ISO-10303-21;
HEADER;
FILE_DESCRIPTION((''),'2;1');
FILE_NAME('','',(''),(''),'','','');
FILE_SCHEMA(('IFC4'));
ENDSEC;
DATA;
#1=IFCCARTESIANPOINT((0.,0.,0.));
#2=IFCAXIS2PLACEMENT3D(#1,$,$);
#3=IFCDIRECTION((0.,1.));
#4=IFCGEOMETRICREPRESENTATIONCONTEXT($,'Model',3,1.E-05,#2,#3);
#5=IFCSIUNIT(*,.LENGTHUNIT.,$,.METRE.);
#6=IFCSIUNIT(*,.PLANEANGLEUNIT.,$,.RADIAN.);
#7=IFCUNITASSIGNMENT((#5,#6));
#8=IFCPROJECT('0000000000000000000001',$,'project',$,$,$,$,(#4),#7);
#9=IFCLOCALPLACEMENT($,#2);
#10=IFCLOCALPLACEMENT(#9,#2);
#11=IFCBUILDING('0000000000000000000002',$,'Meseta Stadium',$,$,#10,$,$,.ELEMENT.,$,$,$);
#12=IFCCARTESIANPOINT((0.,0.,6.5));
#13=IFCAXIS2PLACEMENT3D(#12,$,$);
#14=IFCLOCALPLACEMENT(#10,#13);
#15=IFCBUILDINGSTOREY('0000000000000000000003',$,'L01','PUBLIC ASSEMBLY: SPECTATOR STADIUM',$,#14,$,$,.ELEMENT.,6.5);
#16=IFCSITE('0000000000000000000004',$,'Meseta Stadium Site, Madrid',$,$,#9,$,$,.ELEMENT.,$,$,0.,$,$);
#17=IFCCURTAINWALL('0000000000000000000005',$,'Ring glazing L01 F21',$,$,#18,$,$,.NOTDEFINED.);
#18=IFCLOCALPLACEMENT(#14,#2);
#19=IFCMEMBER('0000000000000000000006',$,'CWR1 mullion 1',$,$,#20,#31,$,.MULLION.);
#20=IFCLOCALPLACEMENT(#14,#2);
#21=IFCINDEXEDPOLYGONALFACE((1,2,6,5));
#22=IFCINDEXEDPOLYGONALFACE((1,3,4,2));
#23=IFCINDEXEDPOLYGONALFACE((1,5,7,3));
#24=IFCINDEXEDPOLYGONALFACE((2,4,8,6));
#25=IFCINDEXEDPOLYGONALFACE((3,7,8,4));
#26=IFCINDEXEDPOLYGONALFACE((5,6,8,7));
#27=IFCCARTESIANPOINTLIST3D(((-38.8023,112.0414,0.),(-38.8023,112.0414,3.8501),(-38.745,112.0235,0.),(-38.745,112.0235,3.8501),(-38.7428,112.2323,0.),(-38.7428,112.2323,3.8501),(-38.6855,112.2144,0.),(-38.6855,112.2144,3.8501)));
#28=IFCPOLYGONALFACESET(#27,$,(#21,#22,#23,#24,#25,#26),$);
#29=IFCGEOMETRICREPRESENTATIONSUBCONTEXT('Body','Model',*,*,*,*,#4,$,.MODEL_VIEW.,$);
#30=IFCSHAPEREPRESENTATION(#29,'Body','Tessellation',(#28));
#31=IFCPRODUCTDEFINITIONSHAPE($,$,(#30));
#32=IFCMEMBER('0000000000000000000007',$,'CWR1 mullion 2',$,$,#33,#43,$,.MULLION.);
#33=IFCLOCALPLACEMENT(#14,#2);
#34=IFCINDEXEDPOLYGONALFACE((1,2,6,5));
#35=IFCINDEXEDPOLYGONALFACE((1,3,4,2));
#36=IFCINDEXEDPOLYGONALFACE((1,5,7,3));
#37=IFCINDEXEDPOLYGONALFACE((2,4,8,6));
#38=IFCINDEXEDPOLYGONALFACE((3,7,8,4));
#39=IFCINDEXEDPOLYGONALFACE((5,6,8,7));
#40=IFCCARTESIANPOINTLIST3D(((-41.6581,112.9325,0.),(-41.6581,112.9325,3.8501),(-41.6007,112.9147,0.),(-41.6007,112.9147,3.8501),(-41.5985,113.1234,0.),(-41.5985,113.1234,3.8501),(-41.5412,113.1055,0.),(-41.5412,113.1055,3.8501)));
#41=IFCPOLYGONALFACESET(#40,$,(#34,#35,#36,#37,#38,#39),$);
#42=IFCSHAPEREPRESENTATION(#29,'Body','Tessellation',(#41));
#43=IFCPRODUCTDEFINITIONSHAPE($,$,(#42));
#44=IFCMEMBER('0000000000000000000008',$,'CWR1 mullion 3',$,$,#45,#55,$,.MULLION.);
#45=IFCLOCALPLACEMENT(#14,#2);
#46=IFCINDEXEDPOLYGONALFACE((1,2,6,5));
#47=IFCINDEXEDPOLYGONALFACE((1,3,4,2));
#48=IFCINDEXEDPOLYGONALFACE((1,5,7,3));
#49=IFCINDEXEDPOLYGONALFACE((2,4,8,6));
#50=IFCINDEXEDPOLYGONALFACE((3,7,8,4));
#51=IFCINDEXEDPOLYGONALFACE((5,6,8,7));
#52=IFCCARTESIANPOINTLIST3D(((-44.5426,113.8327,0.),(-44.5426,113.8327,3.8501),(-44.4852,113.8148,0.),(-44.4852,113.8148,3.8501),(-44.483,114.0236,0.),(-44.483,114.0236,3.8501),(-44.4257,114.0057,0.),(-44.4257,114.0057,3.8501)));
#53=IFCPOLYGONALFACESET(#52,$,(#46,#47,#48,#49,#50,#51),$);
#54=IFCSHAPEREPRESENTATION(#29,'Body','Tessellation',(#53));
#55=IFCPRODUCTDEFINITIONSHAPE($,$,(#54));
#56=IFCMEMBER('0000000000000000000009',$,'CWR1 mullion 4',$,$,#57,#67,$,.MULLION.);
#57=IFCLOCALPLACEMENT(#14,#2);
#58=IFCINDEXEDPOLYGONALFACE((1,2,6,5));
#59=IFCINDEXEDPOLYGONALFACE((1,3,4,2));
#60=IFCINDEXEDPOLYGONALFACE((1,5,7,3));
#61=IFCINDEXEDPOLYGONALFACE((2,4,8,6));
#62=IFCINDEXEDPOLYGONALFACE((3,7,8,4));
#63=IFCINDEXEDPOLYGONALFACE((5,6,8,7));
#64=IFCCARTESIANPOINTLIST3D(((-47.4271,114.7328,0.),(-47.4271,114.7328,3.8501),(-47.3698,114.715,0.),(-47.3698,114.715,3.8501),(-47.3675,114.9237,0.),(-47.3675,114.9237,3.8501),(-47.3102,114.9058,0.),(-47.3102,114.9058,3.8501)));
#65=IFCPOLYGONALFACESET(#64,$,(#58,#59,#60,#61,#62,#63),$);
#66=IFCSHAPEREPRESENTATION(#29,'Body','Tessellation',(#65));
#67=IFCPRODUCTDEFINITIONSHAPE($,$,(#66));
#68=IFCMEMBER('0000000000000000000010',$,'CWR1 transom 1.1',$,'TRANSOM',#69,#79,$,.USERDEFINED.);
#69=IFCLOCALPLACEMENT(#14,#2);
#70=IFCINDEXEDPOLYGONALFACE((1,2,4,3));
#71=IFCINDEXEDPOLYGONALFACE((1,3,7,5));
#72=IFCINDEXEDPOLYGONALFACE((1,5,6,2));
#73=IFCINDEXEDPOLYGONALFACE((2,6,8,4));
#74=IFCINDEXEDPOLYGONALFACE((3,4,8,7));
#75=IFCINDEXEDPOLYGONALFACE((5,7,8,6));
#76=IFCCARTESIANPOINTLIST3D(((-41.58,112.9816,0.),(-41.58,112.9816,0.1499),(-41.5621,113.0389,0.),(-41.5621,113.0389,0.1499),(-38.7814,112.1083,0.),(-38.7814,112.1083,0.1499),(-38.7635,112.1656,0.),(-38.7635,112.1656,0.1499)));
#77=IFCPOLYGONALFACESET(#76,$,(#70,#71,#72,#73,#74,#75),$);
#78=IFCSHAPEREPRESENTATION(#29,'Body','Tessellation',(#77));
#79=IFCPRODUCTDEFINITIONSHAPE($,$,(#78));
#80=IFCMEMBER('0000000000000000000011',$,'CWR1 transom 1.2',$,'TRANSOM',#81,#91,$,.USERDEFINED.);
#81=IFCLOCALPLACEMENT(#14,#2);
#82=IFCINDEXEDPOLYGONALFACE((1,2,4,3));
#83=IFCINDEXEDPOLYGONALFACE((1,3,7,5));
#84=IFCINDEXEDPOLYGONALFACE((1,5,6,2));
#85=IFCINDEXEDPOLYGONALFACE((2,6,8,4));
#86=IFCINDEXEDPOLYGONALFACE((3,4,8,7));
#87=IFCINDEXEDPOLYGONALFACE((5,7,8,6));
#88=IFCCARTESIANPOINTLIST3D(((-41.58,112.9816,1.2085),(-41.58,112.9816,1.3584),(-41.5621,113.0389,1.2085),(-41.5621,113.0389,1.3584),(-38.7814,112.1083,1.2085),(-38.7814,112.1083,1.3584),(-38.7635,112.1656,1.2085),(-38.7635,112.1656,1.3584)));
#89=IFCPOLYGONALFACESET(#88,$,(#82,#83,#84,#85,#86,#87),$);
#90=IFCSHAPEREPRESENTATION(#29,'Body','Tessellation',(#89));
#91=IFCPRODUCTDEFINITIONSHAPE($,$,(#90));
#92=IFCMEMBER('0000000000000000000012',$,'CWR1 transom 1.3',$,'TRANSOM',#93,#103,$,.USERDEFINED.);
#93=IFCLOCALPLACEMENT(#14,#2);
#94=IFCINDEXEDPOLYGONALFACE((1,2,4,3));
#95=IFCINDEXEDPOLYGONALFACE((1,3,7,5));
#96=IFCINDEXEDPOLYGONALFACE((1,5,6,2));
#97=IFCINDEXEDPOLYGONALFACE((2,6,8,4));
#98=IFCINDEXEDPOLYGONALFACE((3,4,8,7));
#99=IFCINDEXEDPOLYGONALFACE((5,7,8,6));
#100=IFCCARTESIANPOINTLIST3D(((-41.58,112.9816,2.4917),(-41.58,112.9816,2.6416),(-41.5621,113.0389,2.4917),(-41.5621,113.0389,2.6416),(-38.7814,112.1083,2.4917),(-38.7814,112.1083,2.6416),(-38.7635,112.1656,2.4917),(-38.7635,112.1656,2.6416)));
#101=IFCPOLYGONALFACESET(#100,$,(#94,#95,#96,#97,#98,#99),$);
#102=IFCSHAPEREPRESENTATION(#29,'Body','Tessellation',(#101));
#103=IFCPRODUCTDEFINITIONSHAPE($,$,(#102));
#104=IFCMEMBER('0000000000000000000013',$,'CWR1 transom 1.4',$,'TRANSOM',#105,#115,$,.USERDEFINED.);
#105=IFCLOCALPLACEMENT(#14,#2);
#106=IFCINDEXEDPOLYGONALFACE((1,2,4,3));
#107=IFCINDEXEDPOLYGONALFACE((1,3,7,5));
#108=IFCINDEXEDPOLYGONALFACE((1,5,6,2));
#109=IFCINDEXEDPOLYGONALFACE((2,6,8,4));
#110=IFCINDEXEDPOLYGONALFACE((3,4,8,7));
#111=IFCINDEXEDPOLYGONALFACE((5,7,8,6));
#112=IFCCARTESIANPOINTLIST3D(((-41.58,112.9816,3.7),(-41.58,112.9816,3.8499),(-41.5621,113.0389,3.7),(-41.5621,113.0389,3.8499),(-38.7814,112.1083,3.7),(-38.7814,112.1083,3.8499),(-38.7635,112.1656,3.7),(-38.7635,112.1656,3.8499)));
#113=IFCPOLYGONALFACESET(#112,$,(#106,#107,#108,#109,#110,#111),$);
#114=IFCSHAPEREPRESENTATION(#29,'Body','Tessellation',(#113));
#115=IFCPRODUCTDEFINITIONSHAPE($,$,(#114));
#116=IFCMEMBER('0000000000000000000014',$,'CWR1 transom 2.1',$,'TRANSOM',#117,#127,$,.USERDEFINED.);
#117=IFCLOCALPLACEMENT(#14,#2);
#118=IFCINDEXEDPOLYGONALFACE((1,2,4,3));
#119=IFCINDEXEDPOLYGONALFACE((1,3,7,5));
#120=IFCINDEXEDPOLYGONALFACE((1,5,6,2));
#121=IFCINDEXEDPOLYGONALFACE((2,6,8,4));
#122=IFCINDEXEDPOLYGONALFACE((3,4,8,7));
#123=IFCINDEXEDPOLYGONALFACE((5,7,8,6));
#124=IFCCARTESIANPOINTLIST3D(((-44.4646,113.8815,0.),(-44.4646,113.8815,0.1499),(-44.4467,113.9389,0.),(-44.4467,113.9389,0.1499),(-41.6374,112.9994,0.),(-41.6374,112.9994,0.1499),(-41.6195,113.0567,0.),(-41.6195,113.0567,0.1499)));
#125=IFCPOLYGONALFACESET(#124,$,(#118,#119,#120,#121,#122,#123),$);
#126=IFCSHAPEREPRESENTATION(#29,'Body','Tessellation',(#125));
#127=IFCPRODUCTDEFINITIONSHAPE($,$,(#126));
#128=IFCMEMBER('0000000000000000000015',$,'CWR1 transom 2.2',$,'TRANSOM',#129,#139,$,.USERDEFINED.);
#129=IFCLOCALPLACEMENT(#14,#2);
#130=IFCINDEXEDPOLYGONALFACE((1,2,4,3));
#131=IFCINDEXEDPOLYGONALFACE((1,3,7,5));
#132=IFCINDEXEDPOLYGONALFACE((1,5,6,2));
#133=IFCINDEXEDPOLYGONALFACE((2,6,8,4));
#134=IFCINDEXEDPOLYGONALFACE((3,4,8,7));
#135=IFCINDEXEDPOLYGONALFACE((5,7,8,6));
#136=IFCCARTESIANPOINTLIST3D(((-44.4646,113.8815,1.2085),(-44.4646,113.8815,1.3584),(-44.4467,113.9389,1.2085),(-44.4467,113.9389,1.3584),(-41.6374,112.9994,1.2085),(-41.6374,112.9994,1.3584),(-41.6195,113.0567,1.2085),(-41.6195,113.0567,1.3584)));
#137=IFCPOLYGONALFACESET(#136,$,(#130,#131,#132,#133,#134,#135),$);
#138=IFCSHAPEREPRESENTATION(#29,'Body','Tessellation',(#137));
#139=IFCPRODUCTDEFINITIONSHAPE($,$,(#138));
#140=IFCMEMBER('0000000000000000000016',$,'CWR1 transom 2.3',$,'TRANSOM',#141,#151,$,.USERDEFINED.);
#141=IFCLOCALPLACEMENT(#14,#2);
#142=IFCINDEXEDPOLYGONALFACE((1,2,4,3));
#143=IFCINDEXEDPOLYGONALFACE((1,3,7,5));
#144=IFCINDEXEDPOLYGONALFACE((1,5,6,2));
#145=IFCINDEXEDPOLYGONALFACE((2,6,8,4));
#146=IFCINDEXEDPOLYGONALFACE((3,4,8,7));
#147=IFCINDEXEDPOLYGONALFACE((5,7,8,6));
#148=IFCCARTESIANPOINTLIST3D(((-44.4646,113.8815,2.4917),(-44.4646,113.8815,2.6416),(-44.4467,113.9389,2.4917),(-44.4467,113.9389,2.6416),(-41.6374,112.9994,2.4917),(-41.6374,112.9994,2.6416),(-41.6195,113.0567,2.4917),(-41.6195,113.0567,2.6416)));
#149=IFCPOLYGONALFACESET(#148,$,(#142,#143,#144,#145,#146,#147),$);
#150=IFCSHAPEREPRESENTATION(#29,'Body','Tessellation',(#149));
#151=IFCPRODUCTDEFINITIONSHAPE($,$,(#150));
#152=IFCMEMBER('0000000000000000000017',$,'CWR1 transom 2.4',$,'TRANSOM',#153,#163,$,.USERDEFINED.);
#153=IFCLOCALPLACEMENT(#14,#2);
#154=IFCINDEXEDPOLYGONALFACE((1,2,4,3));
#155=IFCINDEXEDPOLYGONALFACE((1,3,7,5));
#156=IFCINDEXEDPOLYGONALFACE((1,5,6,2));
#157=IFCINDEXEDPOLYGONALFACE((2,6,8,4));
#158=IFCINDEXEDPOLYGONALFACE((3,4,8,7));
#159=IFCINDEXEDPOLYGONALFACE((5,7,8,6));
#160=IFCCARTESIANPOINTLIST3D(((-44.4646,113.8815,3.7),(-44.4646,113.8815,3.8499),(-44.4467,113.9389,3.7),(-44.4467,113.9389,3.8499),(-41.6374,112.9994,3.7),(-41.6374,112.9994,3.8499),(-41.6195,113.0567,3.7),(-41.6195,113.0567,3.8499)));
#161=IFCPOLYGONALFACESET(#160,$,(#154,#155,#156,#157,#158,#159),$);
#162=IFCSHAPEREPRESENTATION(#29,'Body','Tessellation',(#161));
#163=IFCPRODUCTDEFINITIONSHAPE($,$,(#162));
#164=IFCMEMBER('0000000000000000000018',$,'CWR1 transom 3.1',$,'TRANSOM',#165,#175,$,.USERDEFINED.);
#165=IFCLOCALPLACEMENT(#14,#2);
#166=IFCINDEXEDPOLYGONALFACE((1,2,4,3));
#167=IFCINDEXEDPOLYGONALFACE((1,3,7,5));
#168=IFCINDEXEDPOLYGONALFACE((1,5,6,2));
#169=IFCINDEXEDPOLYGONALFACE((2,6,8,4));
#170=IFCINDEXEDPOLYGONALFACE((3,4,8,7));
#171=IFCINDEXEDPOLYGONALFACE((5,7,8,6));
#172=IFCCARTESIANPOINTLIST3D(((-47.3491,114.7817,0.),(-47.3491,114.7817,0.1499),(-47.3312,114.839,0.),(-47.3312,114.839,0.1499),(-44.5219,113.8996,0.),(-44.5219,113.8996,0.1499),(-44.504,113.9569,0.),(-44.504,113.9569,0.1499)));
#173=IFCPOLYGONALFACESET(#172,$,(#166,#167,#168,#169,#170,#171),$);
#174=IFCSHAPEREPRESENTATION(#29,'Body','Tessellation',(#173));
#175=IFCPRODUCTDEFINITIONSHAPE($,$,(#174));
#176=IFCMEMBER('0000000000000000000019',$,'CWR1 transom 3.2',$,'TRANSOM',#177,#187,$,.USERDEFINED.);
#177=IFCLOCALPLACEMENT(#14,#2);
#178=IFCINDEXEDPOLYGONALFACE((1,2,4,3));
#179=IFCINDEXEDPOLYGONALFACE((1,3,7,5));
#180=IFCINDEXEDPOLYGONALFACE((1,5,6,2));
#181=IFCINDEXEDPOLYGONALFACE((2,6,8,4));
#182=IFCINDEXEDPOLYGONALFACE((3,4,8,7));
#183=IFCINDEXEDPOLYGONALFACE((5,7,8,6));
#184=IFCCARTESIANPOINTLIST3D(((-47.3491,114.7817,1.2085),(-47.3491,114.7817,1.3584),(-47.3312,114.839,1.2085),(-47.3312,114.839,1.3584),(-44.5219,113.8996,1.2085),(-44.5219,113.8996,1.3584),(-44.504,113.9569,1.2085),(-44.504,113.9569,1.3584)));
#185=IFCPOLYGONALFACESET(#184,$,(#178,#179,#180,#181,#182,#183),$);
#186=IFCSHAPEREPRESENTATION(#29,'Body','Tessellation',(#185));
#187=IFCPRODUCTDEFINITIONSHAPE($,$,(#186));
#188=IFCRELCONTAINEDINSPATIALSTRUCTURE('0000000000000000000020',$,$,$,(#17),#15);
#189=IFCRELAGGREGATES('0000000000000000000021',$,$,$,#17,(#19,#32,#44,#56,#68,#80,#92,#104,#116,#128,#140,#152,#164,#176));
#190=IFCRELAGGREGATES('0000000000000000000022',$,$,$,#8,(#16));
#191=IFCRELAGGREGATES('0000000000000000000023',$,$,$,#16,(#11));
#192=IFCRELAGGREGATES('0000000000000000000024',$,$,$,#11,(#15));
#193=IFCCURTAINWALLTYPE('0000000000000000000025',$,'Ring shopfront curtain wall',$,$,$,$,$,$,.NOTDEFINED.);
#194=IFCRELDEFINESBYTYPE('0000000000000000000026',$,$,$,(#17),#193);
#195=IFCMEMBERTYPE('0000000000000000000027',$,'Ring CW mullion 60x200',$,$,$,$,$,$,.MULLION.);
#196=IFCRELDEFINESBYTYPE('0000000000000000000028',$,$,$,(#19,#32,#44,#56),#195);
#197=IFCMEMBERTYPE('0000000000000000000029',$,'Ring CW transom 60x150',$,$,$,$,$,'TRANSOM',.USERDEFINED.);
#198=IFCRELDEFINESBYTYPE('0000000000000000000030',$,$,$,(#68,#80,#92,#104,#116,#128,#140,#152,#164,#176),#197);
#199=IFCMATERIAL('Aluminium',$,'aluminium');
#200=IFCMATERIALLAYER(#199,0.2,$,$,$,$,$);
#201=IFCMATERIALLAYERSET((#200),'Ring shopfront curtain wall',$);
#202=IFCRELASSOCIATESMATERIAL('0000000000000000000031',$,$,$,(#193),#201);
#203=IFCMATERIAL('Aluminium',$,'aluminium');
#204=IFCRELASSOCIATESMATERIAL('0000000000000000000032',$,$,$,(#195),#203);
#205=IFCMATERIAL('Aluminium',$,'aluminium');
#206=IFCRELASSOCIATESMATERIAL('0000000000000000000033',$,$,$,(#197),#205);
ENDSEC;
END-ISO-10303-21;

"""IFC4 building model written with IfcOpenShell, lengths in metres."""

from ifc_helpers import new_model, si_unit, direction, frame, origin, origin_2d, place, context, subcontext, project, spatial, rectangle, extrude, material, layer, layer_set, material_profile, profile_set, type_object, element, aggregate, save


model = new_model("IFC4")

# Units and contexts
model_context = context("Model", 3, precision=1e-05, world=origin(), true_north=direction((0.0, 1.0)))
body_context = subcontext(model_context, "Body", "Model", "MODEL_VIEW")
ifc_project = project(units=[si_unit("LENGTHUNIT", "METRE"), si_unit("PLANEANGLEUNIT", "RADIAN")], contexts=[model_context])

# Site, building, storey
site_placement = place(None, origin())
site = spatial("IfcSite", under=ifc_project, at=site_placement, Name="Meseta Stadium Site, Madrid", CompositionType="ELEMENT", RefElevation=0.0)
building_placement = place(site_placement, origin())
building = spatial("IfcBuilding", under=site, at=building_placement, Name="Meseta Stadium", CompositionType="ELEMENT")
storey_placement = place(building_placement, frame((0.0, 0.0, 6.5)))
storey = spatial("IfcBuildingStorey", under=building, at=storey_placement, Name="L01", Description="PUBLIC ASSEMBLY: SPECTATOR STADIUM", CompositionType="ELEMENT", Elevation=6.5)

# Curtain wall, members
ifc_material_1 = material(Name="Aluminium", Category="aluminium")
ifc_layer_1 = layer(ifc_material_1, 0.2)
ifc_layer_set_1 = layer_set([ifc_layer_1], Name="Ring shopfront curtain wall")
curtain_wall_type = type_object("IfcCurtainWallType", Name="Ring shopfront curtain wall", PredefinedType="NOTDEFINED", material=ifc_layer_set_1)
curtain_wall_placement = place(storey_placement, origin())
curtain_wall = element("IfcCurtainWall", 1, at=curtain_wall_placement, inside=storey, type_object=curtain_wall_type, Name="Ring glazing L01 F21", PredefinedType="NOTDEFINED")
ifc_material_2 = material(Name="Aluminium", Category="aluminium")
ifc_material_profile_1 = material_profile(ifc_material_2, rectangle(XDim=0.2, YDim=0.0601, at=origin_2d()), Name="CW 200x60")
ifc_profile_set_1 = profile_set([ifc_material_profile_1], Name="Aluminium")
member_type_1 = type_object("IfcMemberType", Name="Ring CW mullion 60x200", PredefinedType="MULLION", material=ifc_profile_set_1)
member_1_placement = place(storey_placement, frame((-38.7439, 112.1279, 0.0), z_axis=(0.0, 0.0, 1.0), x_axis=(-0.297861, -0.954609, 0.0)))
member_1 = element("IfcMember", 2, at=member_1_placement, type_object=member_type_1, Name="CWR1 mullion 1", PredefinedType="MULLION", context=body_context, shape_type="SweptSolid", body=[
    extrude(rectangle(XDim=0.2, YDim=0.0601, at=origin_2d()), origin(), (0.0, 0.0, 1.0), 3.8501),
])
member_2_placement = place(storey_placement, frame((-41.5996, 113.019, 0.0), z_axis=(0.0, 0.0, 1.0), x_axis=(-0.297861, -0.954609, 0.0)))
member_2 = element("IfcMember", 3, at=member_2_placement, type_object=member_type_1, Name="CWR1 mullion 2", PredefinedType="MULLION", context=body_context, shape_type="SweptSolid", body=[
    extrude(rectangle(XDim=0.2, YDim=0.0601, at=origin_2d()), origin(), (0.0, 0.0, 1.0), 3.8501),
])
member_3_placement = place(storey_placement, frame((-44.4841, 113.9192, 0.0), z_axis=(0.0, 0.0, 1.0), x_axis=(-0.297861, -0.954609, 0.0)))
member_3 = element("IfcMember", 4, at=member_3_placement, type_object=member_type_1, Name="CWR1 mullion 3", PredefinedType="MULLION", context=body_context, shape_type="SweptSolid", body=[
    extrude(rectangle(XDim=0.2, YDim=0.0601, at=origin_2d()), origin(), (0.0, 0.0, 1.0), 3.8501),
])
member_4_placement = place(storey_placement, frame((-47.3687, 114.8193, 0.0), z_axis=(0.0, 0.0, 1.0), x_axis=(-0.297861, -0.954609, 0.0)))
member_4 = element("IfcMember", 5, at=member_4_placement, type_object=member_type_1, Name="CWR1 mullion 4", PredefinedType="MULLION", context=body_context, shape_type="SweptSolid", body=[
    extrude(rectangle(XDim=0.2, YDim=0.0601, at=origin_2d()), origin(), (0.0, 0.0, 1.0), 3.8501),
])
ifc_material_3 = material(Name="Aluminium", Category="aluminium")
ifc_material_profile_2 = material_profile(ifc_material_3, rectangle(XDim=0.0601, YDim=0.1499, at=origin_2d()), Name="CW 60x150")
ifc_profile_set_2 = profile_set([ifc_material_profile_2], Name="Aluminium")
member_type_2 = type_object("IfcMemberType", Name="Ring CW transom 60x150", ElementType="TRANSOM", PredefinedType="USERDEFINED", material=ifc_profile_set_2)
member_5_placement = place(storey_placement, frame((-38.7725, 112.137, 0.075), z_axis=(-0.954603, 0.297881, 0.0), x_axis=(-0.297881, -0.954603, 0.0)))
member_5 = element("IfcMember", 6, at=member_5_placement, type_object=member_type_2, Name="CWR1 transom 1.1", ObjectType="TRANSOM", PredefinedType="USERDEFINED", context=body_context, shape_type="SweptSolid", body=[
    extrude(rectangle(XDim=0.0601, YDim=0.1499, at=origin_2d()), origin(), (0.0, 0.0, 1.0), 2.9316),
])
member_6_placement = place(storey_placement, frame((-38.7725, 112.137, 1.2834), z_axis=(-0.954603, 0.297881, 0.0), x_axis=(-0.297881, -0.954603, 0.0)))
member_6 = element("IfcMember", 7, at=member_6_placement, type_object=member_type_2, Name="CWR1 transom 1.2", ObjectType="TRANSOM", PredefinedType="USERDEFINED", context=body_context, shape_type="SweptSolid", body=[
    extrude(rectangle(XDim=0.0601, YDim=0.1499, at=origin_2d()), origin(), (0.0, 0.0, 1.0), 2.9316),
])
member_7_placement = place(storey_placement, frame((-38.7725, 112.137, 2.5667), z_axis=(-0.954603, 0.297881, 0.0), x_axis=(-0.297881, -0.954603, 0.0)))
member_7 = element("IfcMember", 8, at=member_7_placement, type_object=member_type_2, Name="CWR1 transom 1.3", ObjectType="TRANSOM", PredefinedType="USERDEFINED", context=body_context, shape_type="SweptSolid", body=[
    extrude(rectangle(XDim=0.0601, YDim=0.1499, at=origin_2d()), origin(), (0.0, 0.0, 1.0), 2.9316),
])
member_8_placement = place(storey_placement, frame((-38.7725, 112.137, 3.7749), z_axis=(-0.954603, 0.297881, 0.0), x_axis=(-0.297881, -0.954603, 0.0)))
member_8 = element("IfcMember", 9, at=member_8_placement, type_object=member_type_2, Name="CWR1 transom 1.4", ObjectType="TRANSOM", PredefinedType="USERDEFINED", context=body_context, shape_type="SweptSolid", body=[
    extrude(rectangle(XDim=0.0601, YDim=0.1499, at=origin_2d()), origin(), (0.0, 0.0, 1.0), 2.9316),
])
member_9_placement = place(storey_placement, frame((-41.6284, 113.0281, 0.075), z_axis=(-0.954615, 0.297843, 0.0), x_axis=(-0.297843, -0.954615, 0.0)))
member_9 = element("IfcMember", 10, at=member_9_placement, type_object=member_type_2, Name="CWR1 transom 2.1", ObjectType="TRANSOM", PredefinedType="USERDEFINED", context=body_context, shape_type="SweptSolid", body=[
    extrude(rectangle(XDim=0.0601, YDim=0.1499, at=origin_2d()), origin(), (0.0, 0.0, 1.0), 2.9617),
])
member_10_placement = place(storey_placement, frame((-41.6284, 113.0281, 1.2834), z_axis=(-0.954615, 0.297843, 0.0), x_axis=(-0.297843, -0.954615, 0.0)))
member_10 = element("IfcMember", 11, at=member_10_placement, type_object=member_type_2, Name="CWR1 transom 2.2", ObjectType="TRANSOM", PredefinedType="USERDEFINED", context=body_context, shape_type="SweptSolid", body=[
    extrude(rectangle(XDim=0.0601, YDim=0.1499, at=origin_2d()), origin(), (0.0, 0.0, 1.0), 2.9617),
])
member_11_placement = place(storey_placement, frame((-41.6284, 113.0281, 2.5667), z_axis=(-0.954615, 0.297843, 0.0), x_axis=(-0.297843, -0.954615, 0.0)))
member_11 = element("IfcMember", 12, at=member_11_placement, type_object=member_type_2, Name="CWR1 transom 2.3", ObjectType="TRANSOM", PredefinedType="USERDEFINED", context=body_context, shape_type="SweptSolid", body=[
    extrude(rectangle(XDim=0.0601, YDim=0.1499, at=origin_2d()), origin(), (0.0, 0.0, 1.0), 2.9617),
])
member_12_placement = place(storey_placement, frame((-41.6284, 113.0281, 3.7749), z_axis=(-0.954615, 0.297843, 0.0), x_axis=(-0.297843, -0.954615, 0.0)))
member_12 = element("IfcMember", 13, at=member_12_placement, type_object=member_type_2, Name="CWR1 transom 2.4", ObjectType="TRANSOM", PredefinedType="USERDEFINED", context=body_context, shape_type="SweptSolid", body=[
    extrude(rectangle(XDim=0.0601, YDim=0.1499, at=origin_2d()), origin(), (0.0, 0.0, 1.0), 2.9617),
])
member_13_placement = place(storey_placement, frame((-44.5129, 113.9282, 0.075), z_axis=(-0.954615, 0.297843, 0.0), x_axis=(-0.297843, -0.954615, 0.0)))
member_13 = element("IfcMember", 14, at=member_13_placement, type_object=member_type_2, Name="CWR1 transom 3.1", ObjectType="TRANSOM", PredefinedType="USERDEFINED", context=body_context, shape_type="SweptSolid", body=[
    extrude(rectangle(XDim=0.0601, YDim=0.1499, at=origin_2d()), origin(), (0.0, 0.0, 1.0), 2.9617),
])
member_14_placement = place(storey_placement, frame((-44.5129, 113.9282, 1.2834), z_axis=(-0.954615, 0.297843, 0.0), x_axis=(-0.297843, -0.954615, 0.0)))
member_14 = element("IfcMember", 15, at=member_14_placement, type_object=member_type_2, Name="CWR1 transom 3.2", ObjectType="TRANSOM", PredefinedType="USERDEFINED", context=body_context, shape_type="SweptSolid", body=[
    extrude(rectangle(XDim=0.0601, YDim=0.1499, at=origin_2d()), origin(), (0.0, 0.0, 1.0), 2.9617),
])
aggregate(curtain_wall, [member_1, member_2, member_3, member_4, member_5, member_6, member_7, member_8, member_9, member_10, member_11, member_12, member_13, member_14])

save(model, "model.ifc")
